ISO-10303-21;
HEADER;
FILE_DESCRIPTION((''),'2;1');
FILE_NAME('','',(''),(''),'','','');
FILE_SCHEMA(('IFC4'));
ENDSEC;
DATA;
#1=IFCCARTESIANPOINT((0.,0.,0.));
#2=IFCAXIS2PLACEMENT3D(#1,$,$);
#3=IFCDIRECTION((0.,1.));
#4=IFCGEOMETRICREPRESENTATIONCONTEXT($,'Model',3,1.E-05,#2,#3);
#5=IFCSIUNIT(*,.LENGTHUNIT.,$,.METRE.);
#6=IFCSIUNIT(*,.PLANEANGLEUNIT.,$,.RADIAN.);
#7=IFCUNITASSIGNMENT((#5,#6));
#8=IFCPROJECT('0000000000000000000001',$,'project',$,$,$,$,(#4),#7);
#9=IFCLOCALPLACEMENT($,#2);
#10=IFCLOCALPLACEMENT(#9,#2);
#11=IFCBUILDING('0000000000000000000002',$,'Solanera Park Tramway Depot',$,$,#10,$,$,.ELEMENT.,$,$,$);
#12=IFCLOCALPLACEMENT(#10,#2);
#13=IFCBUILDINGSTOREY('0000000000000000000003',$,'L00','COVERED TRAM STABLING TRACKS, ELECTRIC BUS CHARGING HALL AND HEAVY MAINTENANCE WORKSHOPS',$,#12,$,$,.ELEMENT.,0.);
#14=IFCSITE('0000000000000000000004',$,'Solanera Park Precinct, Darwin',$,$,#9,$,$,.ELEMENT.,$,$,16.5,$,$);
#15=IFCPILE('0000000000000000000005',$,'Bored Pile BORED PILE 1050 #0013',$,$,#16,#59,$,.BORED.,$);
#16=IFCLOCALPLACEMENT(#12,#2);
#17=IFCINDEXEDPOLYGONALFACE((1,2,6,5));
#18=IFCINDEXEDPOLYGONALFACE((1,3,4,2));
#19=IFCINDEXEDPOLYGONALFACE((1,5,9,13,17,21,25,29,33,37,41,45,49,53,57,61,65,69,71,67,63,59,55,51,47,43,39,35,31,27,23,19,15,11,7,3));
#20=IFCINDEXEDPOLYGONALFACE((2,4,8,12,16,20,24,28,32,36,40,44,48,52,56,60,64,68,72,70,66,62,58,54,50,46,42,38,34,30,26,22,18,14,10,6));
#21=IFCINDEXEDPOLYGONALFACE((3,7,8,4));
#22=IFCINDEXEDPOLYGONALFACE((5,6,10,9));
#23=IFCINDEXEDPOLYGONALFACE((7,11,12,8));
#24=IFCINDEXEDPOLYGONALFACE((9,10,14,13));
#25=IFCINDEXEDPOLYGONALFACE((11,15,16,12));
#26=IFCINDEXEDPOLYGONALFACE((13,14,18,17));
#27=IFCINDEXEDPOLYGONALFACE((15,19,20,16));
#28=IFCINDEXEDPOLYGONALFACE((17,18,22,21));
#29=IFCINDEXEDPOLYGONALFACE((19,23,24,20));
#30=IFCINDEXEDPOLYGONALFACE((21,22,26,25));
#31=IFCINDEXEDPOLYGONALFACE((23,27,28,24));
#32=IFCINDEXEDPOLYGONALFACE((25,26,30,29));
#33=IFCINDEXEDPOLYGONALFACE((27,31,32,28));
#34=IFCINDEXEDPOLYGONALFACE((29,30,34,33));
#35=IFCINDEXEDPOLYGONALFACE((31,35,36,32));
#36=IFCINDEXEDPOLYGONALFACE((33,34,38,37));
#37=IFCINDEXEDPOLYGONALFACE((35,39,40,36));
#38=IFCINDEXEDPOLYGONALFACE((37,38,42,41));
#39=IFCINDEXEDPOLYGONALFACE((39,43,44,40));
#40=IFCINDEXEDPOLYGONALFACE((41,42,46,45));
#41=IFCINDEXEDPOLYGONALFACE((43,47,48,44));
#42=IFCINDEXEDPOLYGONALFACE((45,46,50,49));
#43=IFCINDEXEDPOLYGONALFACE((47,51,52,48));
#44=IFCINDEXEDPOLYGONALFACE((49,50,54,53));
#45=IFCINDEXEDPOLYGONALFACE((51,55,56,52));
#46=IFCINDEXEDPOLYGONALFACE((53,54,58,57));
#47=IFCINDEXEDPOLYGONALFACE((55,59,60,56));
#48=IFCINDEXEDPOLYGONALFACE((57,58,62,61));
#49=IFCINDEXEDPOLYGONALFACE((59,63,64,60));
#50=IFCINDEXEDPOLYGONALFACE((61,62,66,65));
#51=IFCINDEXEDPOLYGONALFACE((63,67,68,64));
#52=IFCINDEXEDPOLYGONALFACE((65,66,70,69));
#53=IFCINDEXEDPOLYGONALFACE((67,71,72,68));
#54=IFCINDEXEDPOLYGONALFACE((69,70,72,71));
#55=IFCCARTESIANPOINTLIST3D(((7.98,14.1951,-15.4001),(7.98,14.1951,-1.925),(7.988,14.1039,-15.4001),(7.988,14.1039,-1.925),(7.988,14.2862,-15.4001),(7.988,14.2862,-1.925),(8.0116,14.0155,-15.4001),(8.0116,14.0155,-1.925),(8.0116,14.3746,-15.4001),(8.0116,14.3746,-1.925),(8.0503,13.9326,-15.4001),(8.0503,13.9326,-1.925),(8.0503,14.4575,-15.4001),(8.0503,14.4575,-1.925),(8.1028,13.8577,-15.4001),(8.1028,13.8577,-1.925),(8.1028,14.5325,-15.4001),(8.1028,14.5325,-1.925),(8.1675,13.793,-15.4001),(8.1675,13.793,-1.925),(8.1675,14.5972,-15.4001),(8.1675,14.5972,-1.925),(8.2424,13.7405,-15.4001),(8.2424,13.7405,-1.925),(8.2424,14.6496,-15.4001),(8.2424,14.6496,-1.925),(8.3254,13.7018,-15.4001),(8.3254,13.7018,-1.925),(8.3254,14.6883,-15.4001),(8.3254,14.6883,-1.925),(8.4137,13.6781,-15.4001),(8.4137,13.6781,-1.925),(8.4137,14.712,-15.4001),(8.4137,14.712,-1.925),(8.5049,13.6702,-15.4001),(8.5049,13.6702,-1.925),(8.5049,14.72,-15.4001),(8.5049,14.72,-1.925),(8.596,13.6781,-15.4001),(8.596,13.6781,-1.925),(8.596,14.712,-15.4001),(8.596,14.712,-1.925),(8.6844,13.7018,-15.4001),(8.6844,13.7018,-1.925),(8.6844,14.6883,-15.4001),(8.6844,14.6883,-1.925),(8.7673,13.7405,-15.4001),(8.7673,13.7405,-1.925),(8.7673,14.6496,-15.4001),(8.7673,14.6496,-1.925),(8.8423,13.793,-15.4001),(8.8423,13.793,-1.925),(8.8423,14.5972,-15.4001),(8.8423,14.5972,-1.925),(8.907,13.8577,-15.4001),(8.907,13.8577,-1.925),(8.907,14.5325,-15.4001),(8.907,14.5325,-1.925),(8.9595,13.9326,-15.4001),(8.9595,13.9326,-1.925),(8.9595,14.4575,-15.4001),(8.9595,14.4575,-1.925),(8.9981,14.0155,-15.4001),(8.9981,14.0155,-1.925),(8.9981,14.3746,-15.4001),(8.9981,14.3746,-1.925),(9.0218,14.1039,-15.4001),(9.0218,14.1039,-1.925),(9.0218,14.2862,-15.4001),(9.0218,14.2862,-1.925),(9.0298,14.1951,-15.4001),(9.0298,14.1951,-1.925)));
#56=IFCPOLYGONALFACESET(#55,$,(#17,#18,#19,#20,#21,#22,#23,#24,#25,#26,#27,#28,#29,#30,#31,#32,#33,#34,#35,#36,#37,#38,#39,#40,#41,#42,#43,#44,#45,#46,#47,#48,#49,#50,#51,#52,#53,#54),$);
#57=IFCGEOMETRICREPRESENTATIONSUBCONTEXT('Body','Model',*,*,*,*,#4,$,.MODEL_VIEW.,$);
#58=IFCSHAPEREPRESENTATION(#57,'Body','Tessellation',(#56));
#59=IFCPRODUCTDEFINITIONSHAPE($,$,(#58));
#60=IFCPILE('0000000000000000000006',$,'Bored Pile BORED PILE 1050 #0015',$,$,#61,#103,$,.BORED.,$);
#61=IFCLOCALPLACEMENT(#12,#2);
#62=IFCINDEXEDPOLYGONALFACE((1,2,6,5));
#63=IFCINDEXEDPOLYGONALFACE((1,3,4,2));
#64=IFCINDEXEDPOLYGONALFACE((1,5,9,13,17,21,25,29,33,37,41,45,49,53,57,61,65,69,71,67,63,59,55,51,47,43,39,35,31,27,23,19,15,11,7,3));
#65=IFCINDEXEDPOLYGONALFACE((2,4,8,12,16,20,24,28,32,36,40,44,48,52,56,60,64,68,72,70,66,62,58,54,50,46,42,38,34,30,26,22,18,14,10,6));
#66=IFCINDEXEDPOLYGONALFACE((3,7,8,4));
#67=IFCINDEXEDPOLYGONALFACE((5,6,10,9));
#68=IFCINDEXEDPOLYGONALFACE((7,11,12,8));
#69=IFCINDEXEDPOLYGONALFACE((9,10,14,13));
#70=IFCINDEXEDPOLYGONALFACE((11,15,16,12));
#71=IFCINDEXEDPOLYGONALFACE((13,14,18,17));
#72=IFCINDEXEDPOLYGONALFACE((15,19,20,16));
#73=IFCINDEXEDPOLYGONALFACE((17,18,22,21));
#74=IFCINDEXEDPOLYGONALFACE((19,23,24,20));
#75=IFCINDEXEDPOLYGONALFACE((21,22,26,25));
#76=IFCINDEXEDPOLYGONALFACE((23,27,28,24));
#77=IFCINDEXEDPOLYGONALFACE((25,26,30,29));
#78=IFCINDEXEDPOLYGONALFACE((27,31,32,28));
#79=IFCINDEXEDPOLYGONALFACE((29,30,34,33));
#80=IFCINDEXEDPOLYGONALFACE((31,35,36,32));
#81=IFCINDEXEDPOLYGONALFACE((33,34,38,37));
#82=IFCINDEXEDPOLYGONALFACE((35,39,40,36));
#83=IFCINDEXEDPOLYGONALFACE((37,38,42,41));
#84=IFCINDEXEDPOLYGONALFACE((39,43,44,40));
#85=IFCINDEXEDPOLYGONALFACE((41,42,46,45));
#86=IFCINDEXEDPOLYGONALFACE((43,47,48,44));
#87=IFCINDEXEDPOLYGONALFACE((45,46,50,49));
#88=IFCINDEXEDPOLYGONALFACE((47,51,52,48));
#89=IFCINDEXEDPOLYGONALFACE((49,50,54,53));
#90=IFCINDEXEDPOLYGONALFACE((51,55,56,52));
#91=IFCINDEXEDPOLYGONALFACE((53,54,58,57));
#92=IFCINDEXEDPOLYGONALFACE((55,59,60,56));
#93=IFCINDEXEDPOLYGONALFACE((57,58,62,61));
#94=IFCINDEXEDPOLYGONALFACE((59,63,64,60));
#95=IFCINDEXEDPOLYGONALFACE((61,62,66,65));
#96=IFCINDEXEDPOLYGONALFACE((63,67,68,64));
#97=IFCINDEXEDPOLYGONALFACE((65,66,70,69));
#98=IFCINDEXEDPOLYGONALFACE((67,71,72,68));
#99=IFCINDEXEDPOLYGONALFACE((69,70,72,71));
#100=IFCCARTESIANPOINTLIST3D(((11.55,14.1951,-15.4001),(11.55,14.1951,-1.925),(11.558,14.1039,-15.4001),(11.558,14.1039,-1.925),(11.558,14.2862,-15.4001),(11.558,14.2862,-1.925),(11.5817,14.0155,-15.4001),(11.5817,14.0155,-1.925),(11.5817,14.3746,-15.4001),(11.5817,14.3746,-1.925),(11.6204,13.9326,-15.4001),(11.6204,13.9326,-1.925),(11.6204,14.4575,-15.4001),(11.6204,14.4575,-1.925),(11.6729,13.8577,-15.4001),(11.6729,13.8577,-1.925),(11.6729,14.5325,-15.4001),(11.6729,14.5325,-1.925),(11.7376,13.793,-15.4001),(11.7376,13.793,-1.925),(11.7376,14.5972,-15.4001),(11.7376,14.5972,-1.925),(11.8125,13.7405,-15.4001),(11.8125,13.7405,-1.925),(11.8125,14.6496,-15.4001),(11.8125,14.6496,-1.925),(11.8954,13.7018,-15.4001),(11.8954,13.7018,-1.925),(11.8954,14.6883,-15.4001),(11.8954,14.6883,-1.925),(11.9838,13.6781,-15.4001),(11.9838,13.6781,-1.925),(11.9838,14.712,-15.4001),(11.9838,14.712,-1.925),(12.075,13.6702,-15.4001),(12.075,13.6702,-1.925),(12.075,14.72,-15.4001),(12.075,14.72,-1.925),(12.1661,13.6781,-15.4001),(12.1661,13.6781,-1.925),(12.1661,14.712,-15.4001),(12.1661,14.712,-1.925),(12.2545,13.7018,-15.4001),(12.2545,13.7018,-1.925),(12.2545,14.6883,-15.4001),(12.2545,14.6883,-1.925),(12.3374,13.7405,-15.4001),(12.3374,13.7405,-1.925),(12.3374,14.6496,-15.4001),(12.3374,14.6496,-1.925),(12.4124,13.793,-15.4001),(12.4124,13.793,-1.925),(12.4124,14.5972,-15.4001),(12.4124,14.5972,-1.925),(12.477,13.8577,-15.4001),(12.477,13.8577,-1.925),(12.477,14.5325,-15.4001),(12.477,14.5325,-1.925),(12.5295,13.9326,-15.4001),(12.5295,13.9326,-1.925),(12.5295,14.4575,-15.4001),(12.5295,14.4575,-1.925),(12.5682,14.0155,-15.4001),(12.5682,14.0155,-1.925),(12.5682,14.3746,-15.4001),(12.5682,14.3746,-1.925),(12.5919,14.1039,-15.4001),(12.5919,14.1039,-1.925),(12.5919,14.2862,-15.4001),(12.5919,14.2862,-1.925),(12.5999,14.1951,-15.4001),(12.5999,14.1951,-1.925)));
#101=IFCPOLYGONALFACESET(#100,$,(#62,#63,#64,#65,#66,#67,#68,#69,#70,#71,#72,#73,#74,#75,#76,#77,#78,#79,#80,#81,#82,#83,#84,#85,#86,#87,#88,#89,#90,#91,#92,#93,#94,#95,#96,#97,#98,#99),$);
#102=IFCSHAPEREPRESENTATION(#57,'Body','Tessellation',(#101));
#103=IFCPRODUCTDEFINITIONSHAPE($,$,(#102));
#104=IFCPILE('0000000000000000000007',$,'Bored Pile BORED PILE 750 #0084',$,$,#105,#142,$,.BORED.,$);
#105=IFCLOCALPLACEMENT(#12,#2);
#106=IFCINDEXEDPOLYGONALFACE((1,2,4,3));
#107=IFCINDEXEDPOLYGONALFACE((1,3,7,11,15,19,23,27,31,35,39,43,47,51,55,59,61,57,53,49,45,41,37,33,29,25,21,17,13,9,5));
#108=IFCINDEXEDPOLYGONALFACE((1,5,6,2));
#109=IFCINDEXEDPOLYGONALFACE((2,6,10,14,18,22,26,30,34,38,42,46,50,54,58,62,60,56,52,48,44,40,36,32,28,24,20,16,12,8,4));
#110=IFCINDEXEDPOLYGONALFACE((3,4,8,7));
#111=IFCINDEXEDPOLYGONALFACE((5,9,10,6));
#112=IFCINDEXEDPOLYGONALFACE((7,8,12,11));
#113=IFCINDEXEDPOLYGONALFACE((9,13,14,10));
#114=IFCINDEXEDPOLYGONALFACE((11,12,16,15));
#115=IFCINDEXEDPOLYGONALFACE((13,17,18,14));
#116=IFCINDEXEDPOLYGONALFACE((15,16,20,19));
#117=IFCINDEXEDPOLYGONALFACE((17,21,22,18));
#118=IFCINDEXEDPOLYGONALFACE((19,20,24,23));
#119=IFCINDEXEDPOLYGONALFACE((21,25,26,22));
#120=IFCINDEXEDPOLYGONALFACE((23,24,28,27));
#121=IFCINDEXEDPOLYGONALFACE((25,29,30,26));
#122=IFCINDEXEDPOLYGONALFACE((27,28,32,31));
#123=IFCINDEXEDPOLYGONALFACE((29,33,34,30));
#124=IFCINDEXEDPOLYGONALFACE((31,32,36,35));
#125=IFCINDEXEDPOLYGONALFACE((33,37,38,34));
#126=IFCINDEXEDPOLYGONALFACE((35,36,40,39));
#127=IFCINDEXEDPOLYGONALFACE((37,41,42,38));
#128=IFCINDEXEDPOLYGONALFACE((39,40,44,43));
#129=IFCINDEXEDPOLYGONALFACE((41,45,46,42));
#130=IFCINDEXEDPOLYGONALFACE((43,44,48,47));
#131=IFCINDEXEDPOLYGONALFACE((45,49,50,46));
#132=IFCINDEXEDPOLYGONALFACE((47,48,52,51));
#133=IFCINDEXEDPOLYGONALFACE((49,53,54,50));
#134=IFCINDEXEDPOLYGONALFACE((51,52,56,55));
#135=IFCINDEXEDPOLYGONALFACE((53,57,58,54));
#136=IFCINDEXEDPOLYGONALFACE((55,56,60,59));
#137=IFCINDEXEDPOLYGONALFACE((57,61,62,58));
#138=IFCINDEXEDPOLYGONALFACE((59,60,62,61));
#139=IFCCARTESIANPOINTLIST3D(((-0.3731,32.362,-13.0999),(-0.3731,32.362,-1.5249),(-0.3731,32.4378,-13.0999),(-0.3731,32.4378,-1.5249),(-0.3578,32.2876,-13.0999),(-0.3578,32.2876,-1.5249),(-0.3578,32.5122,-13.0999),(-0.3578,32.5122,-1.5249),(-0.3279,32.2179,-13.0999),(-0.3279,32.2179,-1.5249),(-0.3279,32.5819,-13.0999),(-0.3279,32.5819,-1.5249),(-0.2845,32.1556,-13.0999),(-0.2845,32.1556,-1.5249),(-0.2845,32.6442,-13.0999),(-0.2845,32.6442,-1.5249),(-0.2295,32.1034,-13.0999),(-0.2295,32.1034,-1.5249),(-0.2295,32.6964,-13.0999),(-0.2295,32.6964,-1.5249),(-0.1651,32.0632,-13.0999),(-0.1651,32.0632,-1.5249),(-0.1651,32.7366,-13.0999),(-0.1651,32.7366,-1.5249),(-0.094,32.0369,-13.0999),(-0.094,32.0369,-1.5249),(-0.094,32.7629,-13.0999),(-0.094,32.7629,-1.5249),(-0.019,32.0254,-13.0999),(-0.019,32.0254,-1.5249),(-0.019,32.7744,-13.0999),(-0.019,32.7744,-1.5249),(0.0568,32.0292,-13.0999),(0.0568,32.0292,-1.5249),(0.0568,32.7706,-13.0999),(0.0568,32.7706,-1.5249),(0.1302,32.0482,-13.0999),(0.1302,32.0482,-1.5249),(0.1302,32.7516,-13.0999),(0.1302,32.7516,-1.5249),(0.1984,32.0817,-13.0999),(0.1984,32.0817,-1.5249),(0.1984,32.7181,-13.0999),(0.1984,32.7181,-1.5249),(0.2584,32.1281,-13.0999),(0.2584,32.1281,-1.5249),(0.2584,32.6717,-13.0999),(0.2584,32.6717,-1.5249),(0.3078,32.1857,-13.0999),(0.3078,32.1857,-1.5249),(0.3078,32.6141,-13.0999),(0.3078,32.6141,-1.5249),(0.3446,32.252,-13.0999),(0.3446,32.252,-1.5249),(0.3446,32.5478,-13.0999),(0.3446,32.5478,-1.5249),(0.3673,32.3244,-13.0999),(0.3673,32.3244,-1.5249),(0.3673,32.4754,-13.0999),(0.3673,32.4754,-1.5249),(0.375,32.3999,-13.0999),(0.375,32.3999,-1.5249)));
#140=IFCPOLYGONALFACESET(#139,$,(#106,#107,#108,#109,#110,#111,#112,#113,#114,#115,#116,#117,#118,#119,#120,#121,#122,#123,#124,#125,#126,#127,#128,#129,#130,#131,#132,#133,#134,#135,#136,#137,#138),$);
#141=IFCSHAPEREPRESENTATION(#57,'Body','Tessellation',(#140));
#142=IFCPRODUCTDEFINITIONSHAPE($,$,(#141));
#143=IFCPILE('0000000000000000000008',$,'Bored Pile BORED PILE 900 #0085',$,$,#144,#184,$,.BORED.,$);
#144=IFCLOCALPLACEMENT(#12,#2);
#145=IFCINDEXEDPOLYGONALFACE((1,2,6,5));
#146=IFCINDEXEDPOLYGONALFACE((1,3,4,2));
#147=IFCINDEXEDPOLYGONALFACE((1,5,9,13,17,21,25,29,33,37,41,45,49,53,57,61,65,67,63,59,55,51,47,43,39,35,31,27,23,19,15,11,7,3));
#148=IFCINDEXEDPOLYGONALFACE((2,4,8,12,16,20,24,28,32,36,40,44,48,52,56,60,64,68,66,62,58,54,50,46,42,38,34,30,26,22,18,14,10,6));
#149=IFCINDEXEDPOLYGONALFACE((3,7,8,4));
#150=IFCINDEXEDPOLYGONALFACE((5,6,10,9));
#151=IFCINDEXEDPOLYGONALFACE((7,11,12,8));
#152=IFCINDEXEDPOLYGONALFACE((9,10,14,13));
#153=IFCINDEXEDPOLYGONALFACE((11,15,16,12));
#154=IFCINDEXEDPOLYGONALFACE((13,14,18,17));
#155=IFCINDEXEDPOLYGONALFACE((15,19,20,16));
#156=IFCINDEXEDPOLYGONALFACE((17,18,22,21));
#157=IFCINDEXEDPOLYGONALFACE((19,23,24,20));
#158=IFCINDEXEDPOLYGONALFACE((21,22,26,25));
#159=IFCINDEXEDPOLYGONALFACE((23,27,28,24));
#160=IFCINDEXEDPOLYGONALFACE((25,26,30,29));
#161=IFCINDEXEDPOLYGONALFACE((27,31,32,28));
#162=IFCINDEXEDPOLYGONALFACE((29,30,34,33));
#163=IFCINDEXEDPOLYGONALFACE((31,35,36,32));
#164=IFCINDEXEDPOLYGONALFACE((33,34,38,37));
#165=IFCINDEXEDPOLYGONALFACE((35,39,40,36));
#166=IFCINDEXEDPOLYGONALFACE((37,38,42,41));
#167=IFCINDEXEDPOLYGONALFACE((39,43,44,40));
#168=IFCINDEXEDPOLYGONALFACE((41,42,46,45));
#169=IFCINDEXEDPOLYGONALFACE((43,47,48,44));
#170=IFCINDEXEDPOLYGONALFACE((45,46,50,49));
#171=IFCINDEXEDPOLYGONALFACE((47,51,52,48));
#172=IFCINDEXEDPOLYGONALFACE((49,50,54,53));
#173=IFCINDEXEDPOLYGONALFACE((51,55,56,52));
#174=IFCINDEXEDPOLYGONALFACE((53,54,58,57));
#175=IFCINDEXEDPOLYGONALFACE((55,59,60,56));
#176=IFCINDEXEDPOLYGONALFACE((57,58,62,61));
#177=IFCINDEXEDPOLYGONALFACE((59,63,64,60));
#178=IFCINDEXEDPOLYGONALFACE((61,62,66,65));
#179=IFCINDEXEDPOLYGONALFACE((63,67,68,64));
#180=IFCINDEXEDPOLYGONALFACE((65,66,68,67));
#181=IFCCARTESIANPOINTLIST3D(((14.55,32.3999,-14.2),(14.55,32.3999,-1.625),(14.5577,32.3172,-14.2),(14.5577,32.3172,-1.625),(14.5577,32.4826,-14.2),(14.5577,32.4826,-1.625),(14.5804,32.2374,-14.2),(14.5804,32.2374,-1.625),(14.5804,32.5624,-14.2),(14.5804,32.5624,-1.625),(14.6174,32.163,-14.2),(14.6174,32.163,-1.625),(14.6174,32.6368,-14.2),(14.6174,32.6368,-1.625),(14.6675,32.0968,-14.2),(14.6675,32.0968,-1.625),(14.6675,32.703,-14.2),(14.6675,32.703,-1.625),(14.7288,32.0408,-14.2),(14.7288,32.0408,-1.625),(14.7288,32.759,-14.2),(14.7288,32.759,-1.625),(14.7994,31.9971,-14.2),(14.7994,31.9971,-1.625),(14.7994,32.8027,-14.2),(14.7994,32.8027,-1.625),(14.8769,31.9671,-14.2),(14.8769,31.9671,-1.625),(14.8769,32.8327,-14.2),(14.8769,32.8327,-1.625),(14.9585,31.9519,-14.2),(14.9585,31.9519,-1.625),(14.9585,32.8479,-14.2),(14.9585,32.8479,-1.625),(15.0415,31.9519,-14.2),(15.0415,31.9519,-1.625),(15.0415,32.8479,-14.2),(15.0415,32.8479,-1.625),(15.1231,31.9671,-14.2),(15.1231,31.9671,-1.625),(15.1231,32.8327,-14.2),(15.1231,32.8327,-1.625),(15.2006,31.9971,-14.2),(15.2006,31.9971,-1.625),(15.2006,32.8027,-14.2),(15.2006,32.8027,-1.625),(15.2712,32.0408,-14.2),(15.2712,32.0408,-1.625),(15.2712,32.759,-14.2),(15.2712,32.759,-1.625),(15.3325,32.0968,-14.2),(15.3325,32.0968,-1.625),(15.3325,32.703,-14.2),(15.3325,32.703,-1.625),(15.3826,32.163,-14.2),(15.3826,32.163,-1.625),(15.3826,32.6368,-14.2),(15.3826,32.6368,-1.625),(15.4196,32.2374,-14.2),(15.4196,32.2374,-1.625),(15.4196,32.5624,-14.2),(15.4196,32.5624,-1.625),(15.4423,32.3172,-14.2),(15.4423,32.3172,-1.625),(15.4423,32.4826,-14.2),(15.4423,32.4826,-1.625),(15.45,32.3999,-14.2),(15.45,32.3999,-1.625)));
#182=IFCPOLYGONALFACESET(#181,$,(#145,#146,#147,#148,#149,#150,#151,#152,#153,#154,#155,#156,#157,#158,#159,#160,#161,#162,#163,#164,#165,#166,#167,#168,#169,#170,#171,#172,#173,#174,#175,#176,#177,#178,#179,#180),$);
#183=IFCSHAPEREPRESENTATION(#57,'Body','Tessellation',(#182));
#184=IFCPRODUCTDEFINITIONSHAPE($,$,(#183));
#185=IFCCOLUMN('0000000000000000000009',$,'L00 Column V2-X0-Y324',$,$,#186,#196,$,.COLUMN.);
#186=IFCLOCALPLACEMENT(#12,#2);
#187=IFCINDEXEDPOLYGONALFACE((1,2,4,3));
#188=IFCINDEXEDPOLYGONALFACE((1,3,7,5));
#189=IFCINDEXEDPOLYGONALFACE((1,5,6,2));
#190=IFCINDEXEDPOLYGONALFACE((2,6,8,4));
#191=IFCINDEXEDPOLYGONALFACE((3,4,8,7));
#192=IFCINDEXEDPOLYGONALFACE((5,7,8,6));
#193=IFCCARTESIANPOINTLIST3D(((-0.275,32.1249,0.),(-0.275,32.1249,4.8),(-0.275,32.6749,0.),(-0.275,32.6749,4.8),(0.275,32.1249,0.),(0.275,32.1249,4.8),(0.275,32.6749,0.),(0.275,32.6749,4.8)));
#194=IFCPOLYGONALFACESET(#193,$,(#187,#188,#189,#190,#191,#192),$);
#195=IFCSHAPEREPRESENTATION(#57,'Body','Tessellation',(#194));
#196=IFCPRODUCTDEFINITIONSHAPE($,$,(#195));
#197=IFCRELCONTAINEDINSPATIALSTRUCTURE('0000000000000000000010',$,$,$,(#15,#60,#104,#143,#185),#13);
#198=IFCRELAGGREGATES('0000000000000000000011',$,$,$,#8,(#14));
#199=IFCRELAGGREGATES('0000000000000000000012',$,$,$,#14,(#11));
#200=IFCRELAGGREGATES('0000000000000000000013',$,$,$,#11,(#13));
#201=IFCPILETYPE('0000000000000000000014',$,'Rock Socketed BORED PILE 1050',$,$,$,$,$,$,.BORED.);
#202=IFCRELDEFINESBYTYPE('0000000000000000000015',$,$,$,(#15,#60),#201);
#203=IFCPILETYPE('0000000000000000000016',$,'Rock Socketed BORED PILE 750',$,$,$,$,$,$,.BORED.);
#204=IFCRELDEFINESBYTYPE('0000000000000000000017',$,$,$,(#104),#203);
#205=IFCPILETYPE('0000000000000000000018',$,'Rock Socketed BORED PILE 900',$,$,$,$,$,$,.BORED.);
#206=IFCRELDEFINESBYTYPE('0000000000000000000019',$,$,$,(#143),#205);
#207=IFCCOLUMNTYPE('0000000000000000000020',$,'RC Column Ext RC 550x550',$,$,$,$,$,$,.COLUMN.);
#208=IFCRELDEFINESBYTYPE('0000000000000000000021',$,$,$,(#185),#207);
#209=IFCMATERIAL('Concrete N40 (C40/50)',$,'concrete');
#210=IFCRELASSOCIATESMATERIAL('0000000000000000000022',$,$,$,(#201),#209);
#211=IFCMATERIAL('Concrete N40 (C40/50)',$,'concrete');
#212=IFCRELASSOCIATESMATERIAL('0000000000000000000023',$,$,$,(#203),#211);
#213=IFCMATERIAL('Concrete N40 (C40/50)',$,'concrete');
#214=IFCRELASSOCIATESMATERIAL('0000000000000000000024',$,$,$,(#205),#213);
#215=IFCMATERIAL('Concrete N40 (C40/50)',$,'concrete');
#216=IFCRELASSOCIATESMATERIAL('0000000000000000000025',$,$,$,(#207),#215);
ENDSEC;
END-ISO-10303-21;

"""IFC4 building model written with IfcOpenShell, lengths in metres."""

from ifc_helpers import new_model, si_unit, direction, frame, origin, origin_2d, place, context, subcontext, project, spatial, rectangle, circle, extrude, material, material_profile, profile_set, type_object, element, save


model = new_model("IFC4")

# Units and contexts
model_context = context("Model", 3, precision=1e-05, world=origin(), true_north=direction((0.0, 1.0)))
body_context = subcontext(model_context, "Body", "Model", "MODEL_VIEW")
ifc_project = project(units=[si_unit("LENGTHUNIT", "METRE"), si_unit("PLANEANGLEUNIT", "RADIAN")], contexts=[model_context])

# Site, building, storey
site_placement = place(None, origin())
site = spatial("IfcSite", under=ifc_project, at=site_placement, Name="Solanera Park Precinct, Darwin", CompositionType="ELEMENT", RefElevation=16.5)
building_placement = place(site_placement, origin())
building = spatial("IfcBuilding", under=site, at=building_placement, Name="Solanera Park Tramway Depot", CompositionType="ELEMENT")
storey_placement = place(building_placement, origin())
storey = spatial("IfcBuildingStorey", under=building, at=storey_placement, Name="L00", Description="COVERED TRAM STABLING TRACKS, ELECTRIC BUS CHARGING HALL AND HEAVY MAINTENANCE WORKSHOPS", CompositionType="ELEMENT", Elevation=0.0)

# Piles
ifc_material_1 = material(Name="Concrete N40 (C40/50)", Category="concrete")
ifc_material_profile_1 = material_profile(ifc_material_1, circle(Radius=0.5249, at=origin_2d()), Name="BORED PILE 1050")
ifc_profile_set_1 = profile_set([ifc_material_profile_1], Name="Concrete N40 (C40/50)")
pile_type_1 = type_object("IfcPileType", Name="Rock Socketed BORED PILE 1050", PredefinedType="BORED", material=ifc_profile_set_1)
for number, where, z_axis, x_axis, name in (
    (1, (8.5049, 14.1951, -1.925), (0.0, 0.0, -1.0), (1.0, 0.0, 0.0), "Bored Pile BORED PILE 1050 #0013"),
    (2, (12.075, 14.1951, -1.925), (0.0, 0.0, -1.0), (1.0, 0.0, 0.0), "Bored Pile BORED PILE 1050 #0015"),
):
    element("IfcPile", number, at=place(storey_placement, frame(where, z_axis=z_axis, x_axis=x_axis)), inside=storey, type_object=pile_type_1, Name=name, PredefinedType="BORED", context=body_context, shape_type="SweptSolid", body=[
        extrude(circle(Radius=0.5249, at=origin_2d()), origin(), (0.0, 0.0, 1.0), 13.4751),
    ])
ifc_material_2 = material(Name="Concrete N40 (C40/50)", Category="concrete")
ifc_material_profile_2 = material_profile(ifc_material_2, circle(Radius=0.375, at=origin_2d()), Name="BORED PILE 750")
ifc_profile_set_2 = profile_set([ifc_material_profile_2], Name="Concrete N40 (C40/50)")
pile_type_2 = type_object("IfcPileType", Name="Rock Socketed BORED PILE 750", PredefinedType="BORED", material=ifc_profile_set_2)
pile_1_placement = place(storey_placement, frame((0.0, 32.3999, -1.5249), z_axis=(0.0, 0.0, -1.0), x_axis=(1.0, 0.0, 0.0)))
element("IfcPile", 3, at=pile_1_placement, inside=storey, type_object=pile_type_2, Name="Bored Pile BORED PILE 750 #0084", PredefinedType="BORED", context=body_context, shape_type="SweptSolid", body=[
    extrude(circle(Radius=0.375, at=origin_2d()), origin(), (0.0, 0.0, 1.0), 11.575),
])
ifc_material_3 = material(Name="Concrete N40 (C40/50)", Category="concrete")
ifc_material_profile_3 = material_profile(ifc_material_3, circle(Radius=0.45, at=origin_2d()), Name="BORED PILE 900")
ifc_profile_set_3 = profile_set([ifc_material_profile_3], Name="Concrete N40 (C40/50)")
pile_type_3 = type_object("IfcPileType", Name="Rock Socketed BORED PILE 900", PredefinedType="BORED", material=ifc_profile_set_3)
pile_2_placement = place(storey_placement, frame((15.0, 32.3999, -1.625), z_axis=(0.0, 0.0, -1.0), x_axis=(1.0, 0.0, 0.0)))
element("IfcPile", 4, at=pile_2_placement, inside=storey, type_object=pile_type_3, Name="Bored Pile BORED PILE 900 #0085", PredefinedType="BORED", context=body_context, shape_type="SweptSolid", body=[
    extrude(circle(Radius=0.45, at=origin_2d()), origin(), (0.0, 0.0, 1.0), 12.575),
])

# Column
ifc_material_4 = material(Name="Concrete N40 (C40/50)", Category="concrete")
ifc_material_profile_4 = material_profile(ifc_material_4, rectangle(XDim=0.55, YDim=0.55, at=origin_2d()), Name="RC 550x550")
ifc_profile_set_4 = profile_set([ifc_material_profile_4], Name="Concrete N40 (C40/50)")
column_type_1 = type_object("IfcColumnType", Name="RC Column Ext RC 550x550", PredefinedType="COLUMN", material=ifc_profile_set_4)
column_1_placement = place(storey_placement, frame((0.0, 32.3999, 0.0), z_axis=(0.0, 0.0, 1.0), x_axis=(1.0, 0.0, 0.0)))
element("IfcColumn", 5, at=column_1_placement, inside=storey, type_object=column_type_1, Name="L00 Column V2-X0-Y324", PredefinedType="COLUMN", context=body_context, shape_type="SweptSolid", body=[
    extrude(rectangle(XDim=0.55, YDim=0.55, at=origin_2d()), origin(), (0.0, 0.0, 1.0), 4.8),
])

save(model, "model.ifc")
